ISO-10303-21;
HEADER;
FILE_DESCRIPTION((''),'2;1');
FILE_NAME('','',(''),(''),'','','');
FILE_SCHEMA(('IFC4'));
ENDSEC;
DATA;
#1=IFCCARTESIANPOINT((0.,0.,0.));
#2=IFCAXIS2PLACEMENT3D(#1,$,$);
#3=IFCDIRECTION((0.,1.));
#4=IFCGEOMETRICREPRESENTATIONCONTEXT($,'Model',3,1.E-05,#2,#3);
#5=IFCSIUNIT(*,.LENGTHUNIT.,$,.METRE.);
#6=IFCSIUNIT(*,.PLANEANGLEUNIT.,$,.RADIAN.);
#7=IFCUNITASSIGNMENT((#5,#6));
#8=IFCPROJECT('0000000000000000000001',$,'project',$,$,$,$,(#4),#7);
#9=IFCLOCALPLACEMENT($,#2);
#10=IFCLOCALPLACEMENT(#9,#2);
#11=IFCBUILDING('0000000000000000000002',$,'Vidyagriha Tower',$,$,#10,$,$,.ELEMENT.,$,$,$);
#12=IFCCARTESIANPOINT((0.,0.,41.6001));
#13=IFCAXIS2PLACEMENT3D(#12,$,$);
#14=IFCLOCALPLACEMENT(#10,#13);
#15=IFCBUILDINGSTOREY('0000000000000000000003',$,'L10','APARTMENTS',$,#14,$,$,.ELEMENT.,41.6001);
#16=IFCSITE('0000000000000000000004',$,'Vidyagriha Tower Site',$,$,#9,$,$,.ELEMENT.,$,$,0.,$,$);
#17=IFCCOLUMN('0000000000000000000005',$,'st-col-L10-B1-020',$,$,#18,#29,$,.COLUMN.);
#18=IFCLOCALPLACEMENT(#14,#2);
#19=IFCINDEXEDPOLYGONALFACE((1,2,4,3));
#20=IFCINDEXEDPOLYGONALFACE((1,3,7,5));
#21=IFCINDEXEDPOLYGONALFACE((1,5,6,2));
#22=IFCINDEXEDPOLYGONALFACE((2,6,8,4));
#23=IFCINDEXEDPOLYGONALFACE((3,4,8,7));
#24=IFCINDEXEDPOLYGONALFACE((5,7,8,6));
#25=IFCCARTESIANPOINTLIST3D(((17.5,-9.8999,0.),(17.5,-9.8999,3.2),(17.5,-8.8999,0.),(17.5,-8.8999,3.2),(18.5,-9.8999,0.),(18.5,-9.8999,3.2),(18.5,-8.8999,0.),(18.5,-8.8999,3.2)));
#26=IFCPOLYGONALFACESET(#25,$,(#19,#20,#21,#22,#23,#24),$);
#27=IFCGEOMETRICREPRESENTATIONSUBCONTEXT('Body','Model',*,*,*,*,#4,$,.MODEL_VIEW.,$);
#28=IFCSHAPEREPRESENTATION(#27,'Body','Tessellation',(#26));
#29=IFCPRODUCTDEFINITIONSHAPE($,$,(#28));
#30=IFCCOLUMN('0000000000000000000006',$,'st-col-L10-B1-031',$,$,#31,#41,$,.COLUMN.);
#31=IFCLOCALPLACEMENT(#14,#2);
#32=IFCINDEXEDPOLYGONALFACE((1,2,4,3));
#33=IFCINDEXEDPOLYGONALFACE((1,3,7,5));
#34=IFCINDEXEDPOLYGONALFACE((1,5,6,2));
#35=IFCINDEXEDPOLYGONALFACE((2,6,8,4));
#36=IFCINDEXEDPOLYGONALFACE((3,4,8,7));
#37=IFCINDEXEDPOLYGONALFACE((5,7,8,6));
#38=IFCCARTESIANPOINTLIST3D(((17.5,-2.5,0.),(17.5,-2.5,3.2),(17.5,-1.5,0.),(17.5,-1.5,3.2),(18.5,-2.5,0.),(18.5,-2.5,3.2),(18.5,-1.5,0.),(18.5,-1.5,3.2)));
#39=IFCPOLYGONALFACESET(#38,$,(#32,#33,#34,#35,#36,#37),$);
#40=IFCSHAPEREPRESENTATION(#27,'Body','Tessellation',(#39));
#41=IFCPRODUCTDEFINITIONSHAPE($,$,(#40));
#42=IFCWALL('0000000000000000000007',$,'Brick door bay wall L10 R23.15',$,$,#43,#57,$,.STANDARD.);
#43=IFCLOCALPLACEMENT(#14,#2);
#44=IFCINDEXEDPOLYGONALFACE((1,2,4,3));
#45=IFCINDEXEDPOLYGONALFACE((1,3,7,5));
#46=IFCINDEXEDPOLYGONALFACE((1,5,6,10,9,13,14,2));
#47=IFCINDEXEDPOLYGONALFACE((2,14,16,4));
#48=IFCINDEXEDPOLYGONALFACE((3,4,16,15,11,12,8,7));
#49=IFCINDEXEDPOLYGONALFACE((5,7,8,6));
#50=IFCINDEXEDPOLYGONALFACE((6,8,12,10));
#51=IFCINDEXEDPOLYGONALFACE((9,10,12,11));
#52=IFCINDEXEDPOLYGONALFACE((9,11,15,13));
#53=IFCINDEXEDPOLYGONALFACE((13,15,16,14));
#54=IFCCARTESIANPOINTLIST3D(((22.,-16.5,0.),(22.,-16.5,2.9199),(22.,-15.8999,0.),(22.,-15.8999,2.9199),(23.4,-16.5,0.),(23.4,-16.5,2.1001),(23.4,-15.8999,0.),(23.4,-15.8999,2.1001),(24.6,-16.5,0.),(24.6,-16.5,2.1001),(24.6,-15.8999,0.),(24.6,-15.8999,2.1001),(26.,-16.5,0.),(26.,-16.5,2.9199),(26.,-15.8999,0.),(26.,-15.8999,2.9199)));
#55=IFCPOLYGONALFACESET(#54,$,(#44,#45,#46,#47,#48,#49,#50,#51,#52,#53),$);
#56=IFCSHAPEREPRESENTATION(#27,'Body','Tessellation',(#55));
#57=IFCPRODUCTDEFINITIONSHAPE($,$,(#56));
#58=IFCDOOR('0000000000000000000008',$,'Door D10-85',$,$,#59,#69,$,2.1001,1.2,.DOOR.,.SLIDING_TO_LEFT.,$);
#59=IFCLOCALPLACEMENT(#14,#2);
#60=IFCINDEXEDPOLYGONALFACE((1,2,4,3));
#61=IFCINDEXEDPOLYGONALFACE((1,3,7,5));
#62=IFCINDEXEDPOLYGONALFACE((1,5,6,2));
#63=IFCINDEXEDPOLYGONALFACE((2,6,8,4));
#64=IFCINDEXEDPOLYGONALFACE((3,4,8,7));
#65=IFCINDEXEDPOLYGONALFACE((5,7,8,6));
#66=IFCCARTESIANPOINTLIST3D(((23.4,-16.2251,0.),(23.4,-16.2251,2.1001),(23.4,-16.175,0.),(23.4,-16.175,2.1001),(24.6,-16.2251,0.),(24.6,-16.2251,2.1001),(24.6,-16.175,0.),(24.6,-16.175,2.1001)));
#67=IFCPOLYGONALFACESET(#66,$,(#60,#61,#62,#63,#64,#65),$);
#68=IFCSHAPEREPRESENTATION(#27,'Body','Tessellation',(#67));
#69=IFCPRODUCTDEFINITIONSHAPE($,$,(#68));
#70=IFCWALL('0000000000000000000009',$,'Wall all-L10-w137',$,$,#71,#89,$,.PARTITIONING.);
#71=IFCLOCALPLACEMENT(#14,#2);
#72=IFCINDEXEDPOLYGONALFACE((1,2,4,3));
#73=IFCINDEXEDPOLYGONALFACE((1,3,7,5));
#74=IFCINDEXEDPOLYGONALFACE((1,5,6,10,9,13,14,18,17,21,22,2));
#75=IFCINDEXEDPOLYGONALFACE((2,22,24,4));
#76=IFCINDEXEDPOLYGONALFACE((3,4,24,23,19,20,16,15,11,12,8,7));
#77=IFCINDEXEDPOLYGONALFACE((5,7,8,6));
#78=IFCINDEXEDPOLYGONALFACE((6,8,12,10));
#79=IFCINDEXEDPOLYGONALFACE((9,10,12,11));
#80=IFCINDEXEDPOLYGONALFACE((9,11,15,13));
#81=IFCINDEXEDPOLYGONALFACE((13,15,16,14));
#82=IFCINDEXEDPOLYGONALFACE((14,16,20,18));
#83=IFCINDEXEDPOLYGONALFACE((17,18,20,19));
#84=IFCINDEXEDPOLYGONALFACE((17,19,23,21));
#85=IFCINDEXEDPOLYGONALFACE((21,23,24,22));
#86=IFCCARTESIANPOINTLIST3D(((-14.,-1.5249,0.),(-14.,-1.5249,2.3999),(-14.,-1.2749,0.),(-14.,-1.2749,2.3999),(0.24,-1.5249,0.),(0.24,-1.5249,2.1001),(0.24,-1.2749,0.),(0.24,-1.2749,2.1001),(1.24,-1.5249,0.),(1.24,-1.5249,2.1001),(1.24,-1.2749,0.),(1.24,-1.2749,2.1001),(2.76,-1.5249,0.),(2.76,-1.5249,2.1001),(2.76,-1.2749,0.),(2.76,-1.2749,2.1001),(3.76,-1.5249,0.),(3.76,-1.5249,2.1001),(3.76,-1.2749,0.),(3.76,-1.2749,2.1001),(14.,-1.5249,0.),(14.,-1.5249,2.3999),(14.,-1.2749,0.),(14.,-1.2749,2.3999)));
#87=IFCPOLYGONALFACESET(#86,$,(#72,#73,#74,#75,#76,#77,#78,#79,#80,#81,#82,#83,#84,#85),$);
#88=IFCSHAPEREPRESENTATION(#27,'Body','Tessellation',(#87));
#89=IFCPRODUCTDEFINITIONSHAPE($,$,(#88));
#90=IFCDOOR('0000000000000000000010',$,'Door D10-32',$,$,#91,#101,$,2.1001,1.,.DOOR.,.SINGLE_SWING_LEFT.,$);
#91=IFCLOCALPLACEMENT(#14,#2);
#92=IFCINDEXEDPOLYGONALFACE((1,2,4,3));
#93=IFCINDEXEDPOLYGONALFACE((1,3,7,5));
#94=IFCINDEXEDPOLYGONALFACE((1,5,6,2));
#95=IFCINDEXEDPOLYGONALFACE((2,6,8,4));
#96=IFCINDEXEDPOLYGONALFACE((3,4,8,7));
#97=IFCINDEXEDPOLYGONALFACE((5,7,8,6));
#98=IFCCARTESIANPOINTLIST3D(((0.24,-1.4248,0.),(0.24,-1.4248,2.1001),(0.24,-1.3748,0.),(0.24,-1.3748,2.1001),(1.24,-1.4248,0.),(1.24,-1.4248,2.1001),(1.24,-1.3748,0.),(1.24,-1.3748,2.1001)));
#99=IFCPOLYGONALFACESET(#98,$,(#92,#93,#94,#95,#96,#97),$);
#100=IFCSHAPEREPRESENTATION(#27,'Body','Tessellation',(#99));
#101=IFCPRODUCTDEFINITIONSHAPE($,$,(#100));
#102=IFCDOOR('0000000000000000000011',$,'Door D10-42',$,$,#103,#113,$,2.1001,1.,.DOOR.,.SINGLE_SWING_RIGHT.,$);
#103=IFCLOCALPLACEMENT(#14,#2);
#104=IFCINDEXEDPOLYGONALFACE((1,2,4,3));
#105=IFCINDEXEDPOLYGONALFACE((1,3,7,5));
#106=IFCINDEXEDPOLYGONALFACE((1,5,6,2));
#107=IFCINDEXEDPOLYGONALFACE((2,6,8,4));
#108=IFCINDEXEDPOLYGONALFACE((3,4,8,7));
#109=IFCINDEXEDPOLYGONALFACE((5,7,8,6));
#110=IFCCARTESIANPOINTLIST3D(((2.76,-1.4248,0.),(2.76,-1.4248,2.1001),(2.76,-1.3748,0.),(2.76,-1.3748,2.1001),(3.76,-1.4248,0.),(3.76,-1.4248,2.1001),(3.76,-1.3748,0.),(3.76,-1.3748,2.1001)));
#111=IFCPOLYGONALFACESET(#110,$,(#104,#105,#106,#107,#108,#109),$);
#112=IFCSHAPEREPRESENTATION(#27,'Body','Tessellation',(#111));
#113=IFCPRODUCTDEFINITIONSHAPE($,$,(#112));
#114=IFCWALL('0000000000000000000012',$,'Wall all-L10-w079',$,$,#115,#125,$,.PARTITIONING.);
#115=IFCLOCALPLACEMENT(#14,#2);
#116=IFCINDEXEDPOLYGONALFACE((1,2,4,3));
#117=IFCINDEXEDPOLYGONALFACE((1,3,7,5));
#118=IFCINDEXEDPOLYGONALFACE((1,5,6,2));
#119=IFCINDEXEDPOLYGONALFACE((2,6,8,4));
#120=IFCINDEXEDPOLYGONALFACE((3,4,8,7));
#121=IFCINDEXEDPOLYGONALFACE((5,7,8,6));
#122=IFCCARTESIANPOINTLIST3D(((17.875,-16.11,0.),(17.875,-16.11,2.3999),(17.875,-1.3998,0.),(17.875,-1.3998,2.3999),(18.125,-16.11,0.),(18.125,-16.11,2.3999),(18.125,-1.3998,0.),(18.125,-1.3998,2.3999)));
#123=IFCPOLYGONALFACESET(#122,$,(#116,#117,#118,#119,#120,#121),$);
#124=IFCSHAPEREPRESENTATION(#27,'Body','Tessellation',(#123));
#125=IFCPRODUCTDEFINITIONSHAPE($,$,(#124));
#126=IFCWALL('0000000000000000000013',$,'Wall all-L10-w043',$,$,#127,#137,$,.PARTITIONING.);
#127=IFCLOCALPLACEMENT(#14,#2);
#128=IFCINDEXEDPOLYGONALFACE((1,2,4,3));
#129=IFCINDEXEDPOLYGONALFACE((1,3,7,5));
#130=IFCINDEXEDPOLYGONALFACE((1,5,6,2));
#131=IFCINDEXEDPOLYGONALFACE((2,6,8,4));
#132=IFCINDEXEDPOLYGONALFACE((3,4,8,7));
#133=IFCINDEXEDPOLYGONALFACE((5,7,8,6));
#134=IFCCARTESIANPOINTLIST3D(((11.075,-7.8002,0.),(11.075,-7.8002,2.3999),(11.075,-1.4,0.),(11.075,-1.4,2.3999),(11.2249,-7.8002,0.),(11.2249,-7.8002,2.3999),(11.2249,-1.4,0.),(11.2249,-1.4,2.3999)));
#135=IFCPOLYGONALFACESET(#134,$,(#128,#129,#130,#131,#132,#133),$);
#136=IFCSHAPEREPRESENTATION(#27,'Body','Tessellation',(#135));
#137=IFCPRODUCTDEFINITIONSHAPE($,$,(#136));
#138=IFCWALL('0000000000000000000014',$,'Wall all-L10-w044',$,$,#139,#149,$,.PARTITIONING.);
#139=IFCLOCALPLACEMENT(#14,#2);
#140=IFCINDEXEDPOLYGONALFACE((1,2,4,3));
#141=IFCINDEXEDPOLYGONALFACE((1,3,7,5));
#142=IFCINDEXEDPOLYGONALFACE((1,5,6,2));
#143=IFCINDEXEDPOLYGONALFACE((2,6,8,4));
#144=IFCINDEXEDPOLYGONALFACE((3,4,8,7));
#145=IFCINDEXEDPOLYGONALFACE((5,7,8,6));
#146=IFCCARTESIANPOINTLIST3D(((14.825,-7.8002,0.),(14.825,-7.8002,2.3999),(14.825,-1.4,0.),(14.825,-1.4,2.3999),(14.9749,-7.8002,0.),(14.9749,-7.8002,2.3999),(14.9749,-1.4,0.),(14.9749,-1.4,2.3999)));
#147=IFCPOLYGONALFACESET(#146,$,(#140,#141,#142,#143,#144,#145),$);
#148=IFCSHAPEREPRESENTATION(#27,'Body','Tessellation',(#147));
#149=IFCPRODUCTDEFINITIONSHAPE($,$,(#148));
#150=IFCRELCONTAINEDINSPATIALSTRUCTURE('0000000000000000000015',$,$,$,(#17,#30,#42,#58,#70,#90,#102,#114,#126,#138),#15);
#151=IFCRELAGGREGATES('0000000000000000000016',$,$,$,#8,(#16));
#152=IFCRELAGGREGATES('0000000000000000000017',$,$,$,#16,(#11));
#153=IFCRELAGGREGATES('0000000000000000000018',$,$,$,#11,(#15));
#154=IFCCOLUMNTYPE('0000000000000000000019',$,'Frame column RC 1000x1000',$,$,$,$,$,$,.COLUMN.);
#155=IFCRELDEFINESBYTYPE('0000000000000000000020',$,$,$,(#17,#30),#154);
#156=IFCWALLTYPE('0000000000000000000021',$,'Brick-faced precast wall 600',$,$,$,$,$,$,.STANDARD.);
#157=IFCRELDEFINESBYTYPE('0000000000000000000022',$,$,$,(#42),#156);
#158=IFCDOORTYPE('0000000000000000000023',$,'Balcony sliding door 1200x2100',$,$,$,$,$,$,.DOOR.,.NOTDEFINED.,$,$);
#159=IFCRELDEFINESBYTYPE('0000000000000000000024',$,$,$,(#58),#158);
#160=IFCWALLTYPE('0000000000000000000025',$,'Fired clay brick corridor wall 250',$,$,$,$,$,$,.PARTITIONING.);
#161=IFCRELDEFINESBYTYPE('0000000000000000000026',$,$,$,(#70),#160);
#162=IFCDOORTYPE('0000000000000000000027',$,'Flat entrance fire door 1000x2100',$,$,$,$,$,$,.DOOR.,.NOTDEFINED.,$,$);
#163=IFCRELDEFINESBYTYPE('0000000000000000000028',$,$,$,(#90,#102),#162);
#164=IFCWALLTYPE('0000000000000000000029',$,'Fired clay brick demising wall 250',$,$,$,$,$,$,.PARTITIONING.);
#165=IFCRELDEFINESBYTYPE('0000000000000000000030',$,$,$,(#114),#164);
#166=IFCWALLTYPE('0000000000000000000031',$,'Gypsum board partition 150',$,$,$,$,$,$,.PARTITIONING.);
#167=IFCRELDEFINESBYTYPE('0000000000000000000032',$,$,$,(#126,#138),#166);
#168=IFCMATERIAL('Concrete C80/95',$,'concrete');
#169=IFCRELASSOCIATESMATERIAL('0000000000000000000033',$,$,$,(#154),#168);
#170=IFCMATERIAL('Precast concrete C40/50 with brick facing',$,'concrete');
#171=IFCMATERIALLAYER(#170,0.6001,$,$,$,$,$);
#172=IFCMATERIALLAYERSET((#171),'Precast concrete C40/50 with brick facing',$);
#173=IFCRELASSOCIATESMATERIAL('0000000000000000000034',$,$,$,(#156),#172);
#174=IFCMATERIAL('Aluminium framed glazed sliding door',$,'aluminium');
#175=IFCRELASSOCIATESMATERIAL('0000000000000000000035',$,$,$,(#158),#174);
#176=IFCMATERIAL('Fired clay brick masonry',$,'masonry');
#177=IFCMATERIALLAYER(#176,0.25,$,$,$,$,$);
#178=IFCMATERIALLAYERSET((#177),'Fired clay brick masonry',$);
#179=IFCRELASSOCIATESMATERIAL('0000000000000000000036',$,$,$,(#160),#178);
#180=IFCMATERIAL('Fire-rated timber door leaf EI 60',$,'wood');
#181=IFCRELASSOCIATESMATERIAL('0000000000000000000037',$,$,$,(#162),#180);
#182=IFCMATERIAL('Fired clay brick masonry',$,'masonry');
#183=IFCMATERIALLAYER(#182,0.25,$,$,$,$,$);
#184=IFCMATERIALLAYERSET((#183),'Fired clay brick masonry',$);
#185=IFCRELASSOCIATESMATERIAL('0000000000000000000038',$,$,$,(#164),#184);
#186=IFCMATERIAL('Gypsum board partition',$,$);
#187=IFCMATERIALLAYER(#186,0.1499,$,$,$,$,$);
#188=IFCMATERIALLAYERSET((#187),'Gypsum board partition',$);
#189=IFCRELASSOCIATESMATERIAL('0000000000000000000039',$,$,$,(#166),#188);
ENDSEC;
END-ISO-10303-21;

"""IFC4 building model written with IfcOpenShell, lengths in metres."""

from ifc_helpers import new_model, si_unit, direction, frame, frame_2d, origin, origin_2d, place, context, subcontext, project, spatial, rectangle, extrude, material, layer, layer_set, material_profile, profile_set, type_object, element, fill, save


model = new_model("IFC4")

# Units and contexts
model_context = context("Model", 3, precision=1e-05, world=origin(), true_north=direction((0.0, 1.0)))
body_context = subcontext(model_context, "Body", "Model", "MODEL_VIEW")
ifc_project = project(units=[si_unit("LENGTHUNIT", "METRE"), si_unit("PLANEANGLEUNIT", "RADIAN")], contexts=[model_context])

# Site, building, storey
site_placement = place(None, origin())
site = spatial("IfcSite", under=ifc_project, at=site_placement, Name="Vidyagriha Tower Site", CompositionType="ELEMENT", RefElevation=0.0)
building_placement = place(site_placement, origin())
building = spatial("IfcBuilding", under=site, at=building_placement, Name="Vidyagriha Tower", CompositionType="ELEMENT")
storey_placement = place(building_placement, frame((0.0, 0.0, 41.6001)))
storey = spatial("IfcBuildingStorey", under=building, at=storey_placement, Name="L10", Description="APARTMENTS", CompositionType="ELEMENT", Elevation=41.6001)

# Columns
ifc_material_1 = material(Name="Concrete C80/95", Category="concrete")
ifc_material_profile = material_profile(ifc_material_1, rectangle(XDim=1.0, YDim=1.0, at=origin_2d()), Name="RC 1000x1000")
ifc_profile_set = profile_set([ifc_material_profile], Name="Concrete C80/95")
column_type = type_object("IfcColumnType", Name="Frame column RC 1000x1000", PredefinedType="COLUMN", material=ifc_profile_set)
for number, where, name in (
    (1, (18.0, -9.3999, 0.0), "st-col-L10-B1-020"),
    (2, (18.0, -2.0, 0.0), "st-col-L10-B1-031"),
):
    element("IfcColumn", number, at=place(storey_placement, frame(where)), inside=storey, type_object=column_type, Name=name, PredefinedType="COLUMN", context=body_context, shape_type="SweptSolid", body=[
        extrude(rectangle(XDim=1.0, YDim=1.0, at=origin_2d()), origin(), (0.0, 0.0, 1.0), 3.2),
    ])

# Wall, opening, door
ifc_material_2 = material(Name="Precast concrete C40/50 with brick facing", Category="concrete")
ifc_layer_1 = layer(ifc_material_2, 0.6001)
ifc_layer_set_1 = layer_set([ifc_layer_1], Name="Precast concrete C40/50 with brick facing")
wall_type_1 = type_object("IfcWallType", Name="Brick-faced precast wall 600", PredefinedType="STANDARD", material=ifc_layer_set_1)
wall_1_placement = place(storey_placement, frame((22.0, -16.2, 0.0)))
wall_1 = element("IfcWall", 3, at=wall_1_placement, inside=storey, type_object=wall_type_1, Name="Brick door bay wall L10 R23.15", PredefinedType="STANDARD", context=body_context, shape_type="SweptSolid", body=[
    extrude(rectangle(XDim=4.0, YDim=0.6001, at=frame_2d((2.0, 0.0))), origin(), (0.0, 0.0, 1.0), 2.9199),
])
opening_1_placement = place(wall_1_placement, frame((1.3999, 0.0, 0.0)))
opening_1 = element("IfcOpeningElement", 4, at=opening_1_placement, cuts=wall_1, PredefinedType="OPENING", context=body_context, shape_type="SweptSolid", body=[
    extrude(rectangle(XDim=1.2, YDim=2.1001, at=frame_2d((0.6001, 1.05))), frame((0.0, 0.3101, 0.0), z_axis=(0.0, -1.0, 0.0), x_axis=(1.0, 0.0, 0.0)), (0.0, 0.0, 1.0), 0.6201),
])
ifc_material_3 = material(Name="Aluminium framed glazed sliding door", Category="aluminium")
door_type_1 = type_object("IfcDoorType", Name="Balcony sliding door 1200x2100", OperationType="NOTDEFINED", PredefinedType="DOOR", material=ifc_material_3)
door_1_placement = place(opening_1_placement, origin())
door_1 = element("IfcDoor", 5, at=door_1_placement, inside=storey, type_object=door_type_1, Name="Door D10-85", OperationType="SLIDING_TO_LEFT", OverallHeight=2.1001, OverallWidth=1.2, PredefinedType="DOOR", context=body_context, shape_type="SweptSolid", body=[
    extrude(rectangle(XDim=1.2, YDim=2.1001, at=frame_2d((0.6001, 1.05))), frame((0.0, 0.0249, 0.0), z_axis=(0.0, -1.0, 0.0), x_axis=(1.0, 0.0, 0.0)), (0.0, 0.0, 1.0), 0.05),
])
fill(opening_1, door_1)

# Wall, openings, doors
ifc_material_4 = material(Name="Fired clay brick masonry", Category="masonry")
ifc_layer_2 = layer(ifc_material_4, 0.25)
ifc_layer_set_2 = layer_set([ifc_layer_2], Name="Fired clay brick masonry")
wall_type_2 = type_object("IfcWallType", Name="Fired clay brick corridor wall 250", PredefinedType="PARTITIONING", material=ifc_layer_set_2)
wall_2_placement = place(storey_placement, frame((14.0, -1.3999, 0.0), z_axis=(0.0, 0.0, 1.0), x_axis=(-1.0, 0.0, 0.0)))
wall_2 = element("IfcWall", 6, at=wall_2_placement, inside=storey, type_object=wall_type_2, Name="Wall all-L10-w137", PredefinedType="PARTITIONING", context=body_context, shape_type="SweptSolid", body=[
    extrude(rectangle(XDim=28.0, YDim=0.25, at=frame_2d((14.0, 0.0))), origin(), (0.0, 0.0, 1.0), 2.3999),
])
opening_2_placement = place(wall_2_placement, frame((12.76, 0.0, 0.0)))
opening_2 = element("IfcOpeningElement", 7, at=opening_2_placement, cuts=wall_2, PredefinedType="OPENING", context=body_context, shape_type="SweptSolid", body=[
    extrude(rectangle(XDim=1.0, YDim=2.1001, at=frame_2d((0.5, 1.05))), frame((0.0, 0.135, 0.0), z_axis=(0.0, -1.0, 0.0), x_axis=(1.0, 0.0, 0.0)), (0.0, 0.0, 1.0), 0.27),
])
opening_3_placement = place(wall_2_placement, frame((10.24, 0.0, 0.0)))
opening_3 = element("IfcOpeningElement", 8, at=opening_3_placement, cuts=wall_2, PredefinedType="OPENING", context=body_context, shape_type="SweptSolid", body=[
    extrude(rectangle(XDim=1.0, YDim=2.1001, at=frame_2d((0.5, 1.05))), frame((0.0, 0.135, 0.0), z_axis=(0.0, -1.0, 0.0), x_axis=(1.0, 0.0, 0.0)), (0.0, 0.0, 1.0), 0.27),
])
ifc_material_5 = material(Name="Fire-rated timber door leaf EI 60", Category="wood")
door_type_2 = type_object("IfcDoorType", Name="Flat entrance fire door 1000x2100", OperationType="NOTDEFINED", PredefinedType="DOOR", material=ifc_material_5)
door_2_placement = place(opening_2_placement, origin())
door_2 = element("IfcDoor", 9, at=door_2_placement, inside=storey, type_object=door_type_2, Name="Door D10-32", OperationType="SINGLE_SWING_LEFT", OverallHeight=2.1001, OverallWidth=1.0, PredefinedType="DOOR", context=body_context, shape_type="SweptSolid", body=[
    extrude(rectangle(XDim=1.0, YDim=2.1001, at=frame_2d((0.5, 1.05))), frame((0.0, 0.0249, 0.0), z_axis=(0.0, -1.0, 0.0), x_axis=(1.0, 0.0, 0.0)), (0.0, 0.0, 1.0), 0.05),
])
fill(opening_2, door_2)
door_3_placement = place(opening_3_placement, origin())
door_3 = element("IfcDoor", 10, at=door_3_placement, inside=storey, type_object=door_type_2, Name="Door D10-42", OperationType="SINGLE_SWING_RIGHT", OverallHeight=2.1001, OverallWidth=1.0, PredefinedType="DOOR", context=body_context, shape_type="SweptSolid", body=[
    extrude(rectangle(XDim=1.0, YDim=2.1001, at=frame_2d((0.5, 1.05))), frame((0.0, 0.0249, 0.0), z_axis=(0.0, -1.0, 0.0), x_axis=(1.0, 0.0, 0.0)), (0.0, 0.0, 1.0), 0.05),
])
fill(opening_3, door_3)

# Walls
ifc_material_6 = material(Name="Fired clay brick masonry", Category="masonry")
ifc_layer_3 = layer(ifc_material_6, 0.25)
ifc_layer_set_3 = layer_set([ifc_layer_3], Name="Fired clay brick masonry")
wall_type_3 = type_object("IfcWallType", Name="Fired clay brick demising wall 250", PredefinedType="PARTITIONING", material=ifc_layer_set_3)
wall_3_placement = place(storey_placement, frame((18.0, -1.3999, 0.0), z_axis=(0.0, 0.0, 1.0), x_axis=(0.0, -1.0, 0.0)))
element("IfcWall", 11, at=wall_3_placement, inside=storey, type_object=wall_type_3, Name="Wall all-L10-w079", PredefinedType="PARTITIONING", context=body_context, shape_type="SweptSolid", body=[
    extrude(rectangle(XDim=14.7102, YDim=0.25, at=frame_2d((7.355, 0.0))), origin(), (0.0, 0.0, 1.0), 2.3999),
])
ifc_material_7 = material(Name="Gypsum board partition")
ifc_layer_4 = layer(ifc_material_7, 0.1499)
ifc_layer_set_4 = layer_set([ifc_layer_4], Name="Gypsum board partition")
wall_type_4 = type_object("IfcWallType", Name="Gypsum board partition 150", PredefinedType="PARTITIONING", material=ifc_layer_set_4)
for number, where, z_axis, x_axis, name in (
    (12, (11.1499, -1.3999, 0.0), (0.0, 0.0, 1.0), (0.0, -1.0, 0.0), "Wall all-L10-w043"),
    (13, (14.8999, -1.3999, 0.0), (0.0, 0.0, 1.0), (0.0, -1.0, 0.0), "Wall all-L10-w044"),
):
    element("IfcWall", number, at=place(storey_placement, frame(where, z_axis=z_axis, x_axis=x_axis)), inside=storey, type_object=wall_type_4, Name=name, PredefinedType="PARTITIONING", context=body_context, shape_type="SweptSolid", body=[
        extrude(rectangle(XDim=6.4001, YDim=0.1499, at=frame_2d((3.2002, 0.0))), origin(), (0.0, 0.0, 1.0), 2.3999),
    ])

save(model, "model.ifc")
